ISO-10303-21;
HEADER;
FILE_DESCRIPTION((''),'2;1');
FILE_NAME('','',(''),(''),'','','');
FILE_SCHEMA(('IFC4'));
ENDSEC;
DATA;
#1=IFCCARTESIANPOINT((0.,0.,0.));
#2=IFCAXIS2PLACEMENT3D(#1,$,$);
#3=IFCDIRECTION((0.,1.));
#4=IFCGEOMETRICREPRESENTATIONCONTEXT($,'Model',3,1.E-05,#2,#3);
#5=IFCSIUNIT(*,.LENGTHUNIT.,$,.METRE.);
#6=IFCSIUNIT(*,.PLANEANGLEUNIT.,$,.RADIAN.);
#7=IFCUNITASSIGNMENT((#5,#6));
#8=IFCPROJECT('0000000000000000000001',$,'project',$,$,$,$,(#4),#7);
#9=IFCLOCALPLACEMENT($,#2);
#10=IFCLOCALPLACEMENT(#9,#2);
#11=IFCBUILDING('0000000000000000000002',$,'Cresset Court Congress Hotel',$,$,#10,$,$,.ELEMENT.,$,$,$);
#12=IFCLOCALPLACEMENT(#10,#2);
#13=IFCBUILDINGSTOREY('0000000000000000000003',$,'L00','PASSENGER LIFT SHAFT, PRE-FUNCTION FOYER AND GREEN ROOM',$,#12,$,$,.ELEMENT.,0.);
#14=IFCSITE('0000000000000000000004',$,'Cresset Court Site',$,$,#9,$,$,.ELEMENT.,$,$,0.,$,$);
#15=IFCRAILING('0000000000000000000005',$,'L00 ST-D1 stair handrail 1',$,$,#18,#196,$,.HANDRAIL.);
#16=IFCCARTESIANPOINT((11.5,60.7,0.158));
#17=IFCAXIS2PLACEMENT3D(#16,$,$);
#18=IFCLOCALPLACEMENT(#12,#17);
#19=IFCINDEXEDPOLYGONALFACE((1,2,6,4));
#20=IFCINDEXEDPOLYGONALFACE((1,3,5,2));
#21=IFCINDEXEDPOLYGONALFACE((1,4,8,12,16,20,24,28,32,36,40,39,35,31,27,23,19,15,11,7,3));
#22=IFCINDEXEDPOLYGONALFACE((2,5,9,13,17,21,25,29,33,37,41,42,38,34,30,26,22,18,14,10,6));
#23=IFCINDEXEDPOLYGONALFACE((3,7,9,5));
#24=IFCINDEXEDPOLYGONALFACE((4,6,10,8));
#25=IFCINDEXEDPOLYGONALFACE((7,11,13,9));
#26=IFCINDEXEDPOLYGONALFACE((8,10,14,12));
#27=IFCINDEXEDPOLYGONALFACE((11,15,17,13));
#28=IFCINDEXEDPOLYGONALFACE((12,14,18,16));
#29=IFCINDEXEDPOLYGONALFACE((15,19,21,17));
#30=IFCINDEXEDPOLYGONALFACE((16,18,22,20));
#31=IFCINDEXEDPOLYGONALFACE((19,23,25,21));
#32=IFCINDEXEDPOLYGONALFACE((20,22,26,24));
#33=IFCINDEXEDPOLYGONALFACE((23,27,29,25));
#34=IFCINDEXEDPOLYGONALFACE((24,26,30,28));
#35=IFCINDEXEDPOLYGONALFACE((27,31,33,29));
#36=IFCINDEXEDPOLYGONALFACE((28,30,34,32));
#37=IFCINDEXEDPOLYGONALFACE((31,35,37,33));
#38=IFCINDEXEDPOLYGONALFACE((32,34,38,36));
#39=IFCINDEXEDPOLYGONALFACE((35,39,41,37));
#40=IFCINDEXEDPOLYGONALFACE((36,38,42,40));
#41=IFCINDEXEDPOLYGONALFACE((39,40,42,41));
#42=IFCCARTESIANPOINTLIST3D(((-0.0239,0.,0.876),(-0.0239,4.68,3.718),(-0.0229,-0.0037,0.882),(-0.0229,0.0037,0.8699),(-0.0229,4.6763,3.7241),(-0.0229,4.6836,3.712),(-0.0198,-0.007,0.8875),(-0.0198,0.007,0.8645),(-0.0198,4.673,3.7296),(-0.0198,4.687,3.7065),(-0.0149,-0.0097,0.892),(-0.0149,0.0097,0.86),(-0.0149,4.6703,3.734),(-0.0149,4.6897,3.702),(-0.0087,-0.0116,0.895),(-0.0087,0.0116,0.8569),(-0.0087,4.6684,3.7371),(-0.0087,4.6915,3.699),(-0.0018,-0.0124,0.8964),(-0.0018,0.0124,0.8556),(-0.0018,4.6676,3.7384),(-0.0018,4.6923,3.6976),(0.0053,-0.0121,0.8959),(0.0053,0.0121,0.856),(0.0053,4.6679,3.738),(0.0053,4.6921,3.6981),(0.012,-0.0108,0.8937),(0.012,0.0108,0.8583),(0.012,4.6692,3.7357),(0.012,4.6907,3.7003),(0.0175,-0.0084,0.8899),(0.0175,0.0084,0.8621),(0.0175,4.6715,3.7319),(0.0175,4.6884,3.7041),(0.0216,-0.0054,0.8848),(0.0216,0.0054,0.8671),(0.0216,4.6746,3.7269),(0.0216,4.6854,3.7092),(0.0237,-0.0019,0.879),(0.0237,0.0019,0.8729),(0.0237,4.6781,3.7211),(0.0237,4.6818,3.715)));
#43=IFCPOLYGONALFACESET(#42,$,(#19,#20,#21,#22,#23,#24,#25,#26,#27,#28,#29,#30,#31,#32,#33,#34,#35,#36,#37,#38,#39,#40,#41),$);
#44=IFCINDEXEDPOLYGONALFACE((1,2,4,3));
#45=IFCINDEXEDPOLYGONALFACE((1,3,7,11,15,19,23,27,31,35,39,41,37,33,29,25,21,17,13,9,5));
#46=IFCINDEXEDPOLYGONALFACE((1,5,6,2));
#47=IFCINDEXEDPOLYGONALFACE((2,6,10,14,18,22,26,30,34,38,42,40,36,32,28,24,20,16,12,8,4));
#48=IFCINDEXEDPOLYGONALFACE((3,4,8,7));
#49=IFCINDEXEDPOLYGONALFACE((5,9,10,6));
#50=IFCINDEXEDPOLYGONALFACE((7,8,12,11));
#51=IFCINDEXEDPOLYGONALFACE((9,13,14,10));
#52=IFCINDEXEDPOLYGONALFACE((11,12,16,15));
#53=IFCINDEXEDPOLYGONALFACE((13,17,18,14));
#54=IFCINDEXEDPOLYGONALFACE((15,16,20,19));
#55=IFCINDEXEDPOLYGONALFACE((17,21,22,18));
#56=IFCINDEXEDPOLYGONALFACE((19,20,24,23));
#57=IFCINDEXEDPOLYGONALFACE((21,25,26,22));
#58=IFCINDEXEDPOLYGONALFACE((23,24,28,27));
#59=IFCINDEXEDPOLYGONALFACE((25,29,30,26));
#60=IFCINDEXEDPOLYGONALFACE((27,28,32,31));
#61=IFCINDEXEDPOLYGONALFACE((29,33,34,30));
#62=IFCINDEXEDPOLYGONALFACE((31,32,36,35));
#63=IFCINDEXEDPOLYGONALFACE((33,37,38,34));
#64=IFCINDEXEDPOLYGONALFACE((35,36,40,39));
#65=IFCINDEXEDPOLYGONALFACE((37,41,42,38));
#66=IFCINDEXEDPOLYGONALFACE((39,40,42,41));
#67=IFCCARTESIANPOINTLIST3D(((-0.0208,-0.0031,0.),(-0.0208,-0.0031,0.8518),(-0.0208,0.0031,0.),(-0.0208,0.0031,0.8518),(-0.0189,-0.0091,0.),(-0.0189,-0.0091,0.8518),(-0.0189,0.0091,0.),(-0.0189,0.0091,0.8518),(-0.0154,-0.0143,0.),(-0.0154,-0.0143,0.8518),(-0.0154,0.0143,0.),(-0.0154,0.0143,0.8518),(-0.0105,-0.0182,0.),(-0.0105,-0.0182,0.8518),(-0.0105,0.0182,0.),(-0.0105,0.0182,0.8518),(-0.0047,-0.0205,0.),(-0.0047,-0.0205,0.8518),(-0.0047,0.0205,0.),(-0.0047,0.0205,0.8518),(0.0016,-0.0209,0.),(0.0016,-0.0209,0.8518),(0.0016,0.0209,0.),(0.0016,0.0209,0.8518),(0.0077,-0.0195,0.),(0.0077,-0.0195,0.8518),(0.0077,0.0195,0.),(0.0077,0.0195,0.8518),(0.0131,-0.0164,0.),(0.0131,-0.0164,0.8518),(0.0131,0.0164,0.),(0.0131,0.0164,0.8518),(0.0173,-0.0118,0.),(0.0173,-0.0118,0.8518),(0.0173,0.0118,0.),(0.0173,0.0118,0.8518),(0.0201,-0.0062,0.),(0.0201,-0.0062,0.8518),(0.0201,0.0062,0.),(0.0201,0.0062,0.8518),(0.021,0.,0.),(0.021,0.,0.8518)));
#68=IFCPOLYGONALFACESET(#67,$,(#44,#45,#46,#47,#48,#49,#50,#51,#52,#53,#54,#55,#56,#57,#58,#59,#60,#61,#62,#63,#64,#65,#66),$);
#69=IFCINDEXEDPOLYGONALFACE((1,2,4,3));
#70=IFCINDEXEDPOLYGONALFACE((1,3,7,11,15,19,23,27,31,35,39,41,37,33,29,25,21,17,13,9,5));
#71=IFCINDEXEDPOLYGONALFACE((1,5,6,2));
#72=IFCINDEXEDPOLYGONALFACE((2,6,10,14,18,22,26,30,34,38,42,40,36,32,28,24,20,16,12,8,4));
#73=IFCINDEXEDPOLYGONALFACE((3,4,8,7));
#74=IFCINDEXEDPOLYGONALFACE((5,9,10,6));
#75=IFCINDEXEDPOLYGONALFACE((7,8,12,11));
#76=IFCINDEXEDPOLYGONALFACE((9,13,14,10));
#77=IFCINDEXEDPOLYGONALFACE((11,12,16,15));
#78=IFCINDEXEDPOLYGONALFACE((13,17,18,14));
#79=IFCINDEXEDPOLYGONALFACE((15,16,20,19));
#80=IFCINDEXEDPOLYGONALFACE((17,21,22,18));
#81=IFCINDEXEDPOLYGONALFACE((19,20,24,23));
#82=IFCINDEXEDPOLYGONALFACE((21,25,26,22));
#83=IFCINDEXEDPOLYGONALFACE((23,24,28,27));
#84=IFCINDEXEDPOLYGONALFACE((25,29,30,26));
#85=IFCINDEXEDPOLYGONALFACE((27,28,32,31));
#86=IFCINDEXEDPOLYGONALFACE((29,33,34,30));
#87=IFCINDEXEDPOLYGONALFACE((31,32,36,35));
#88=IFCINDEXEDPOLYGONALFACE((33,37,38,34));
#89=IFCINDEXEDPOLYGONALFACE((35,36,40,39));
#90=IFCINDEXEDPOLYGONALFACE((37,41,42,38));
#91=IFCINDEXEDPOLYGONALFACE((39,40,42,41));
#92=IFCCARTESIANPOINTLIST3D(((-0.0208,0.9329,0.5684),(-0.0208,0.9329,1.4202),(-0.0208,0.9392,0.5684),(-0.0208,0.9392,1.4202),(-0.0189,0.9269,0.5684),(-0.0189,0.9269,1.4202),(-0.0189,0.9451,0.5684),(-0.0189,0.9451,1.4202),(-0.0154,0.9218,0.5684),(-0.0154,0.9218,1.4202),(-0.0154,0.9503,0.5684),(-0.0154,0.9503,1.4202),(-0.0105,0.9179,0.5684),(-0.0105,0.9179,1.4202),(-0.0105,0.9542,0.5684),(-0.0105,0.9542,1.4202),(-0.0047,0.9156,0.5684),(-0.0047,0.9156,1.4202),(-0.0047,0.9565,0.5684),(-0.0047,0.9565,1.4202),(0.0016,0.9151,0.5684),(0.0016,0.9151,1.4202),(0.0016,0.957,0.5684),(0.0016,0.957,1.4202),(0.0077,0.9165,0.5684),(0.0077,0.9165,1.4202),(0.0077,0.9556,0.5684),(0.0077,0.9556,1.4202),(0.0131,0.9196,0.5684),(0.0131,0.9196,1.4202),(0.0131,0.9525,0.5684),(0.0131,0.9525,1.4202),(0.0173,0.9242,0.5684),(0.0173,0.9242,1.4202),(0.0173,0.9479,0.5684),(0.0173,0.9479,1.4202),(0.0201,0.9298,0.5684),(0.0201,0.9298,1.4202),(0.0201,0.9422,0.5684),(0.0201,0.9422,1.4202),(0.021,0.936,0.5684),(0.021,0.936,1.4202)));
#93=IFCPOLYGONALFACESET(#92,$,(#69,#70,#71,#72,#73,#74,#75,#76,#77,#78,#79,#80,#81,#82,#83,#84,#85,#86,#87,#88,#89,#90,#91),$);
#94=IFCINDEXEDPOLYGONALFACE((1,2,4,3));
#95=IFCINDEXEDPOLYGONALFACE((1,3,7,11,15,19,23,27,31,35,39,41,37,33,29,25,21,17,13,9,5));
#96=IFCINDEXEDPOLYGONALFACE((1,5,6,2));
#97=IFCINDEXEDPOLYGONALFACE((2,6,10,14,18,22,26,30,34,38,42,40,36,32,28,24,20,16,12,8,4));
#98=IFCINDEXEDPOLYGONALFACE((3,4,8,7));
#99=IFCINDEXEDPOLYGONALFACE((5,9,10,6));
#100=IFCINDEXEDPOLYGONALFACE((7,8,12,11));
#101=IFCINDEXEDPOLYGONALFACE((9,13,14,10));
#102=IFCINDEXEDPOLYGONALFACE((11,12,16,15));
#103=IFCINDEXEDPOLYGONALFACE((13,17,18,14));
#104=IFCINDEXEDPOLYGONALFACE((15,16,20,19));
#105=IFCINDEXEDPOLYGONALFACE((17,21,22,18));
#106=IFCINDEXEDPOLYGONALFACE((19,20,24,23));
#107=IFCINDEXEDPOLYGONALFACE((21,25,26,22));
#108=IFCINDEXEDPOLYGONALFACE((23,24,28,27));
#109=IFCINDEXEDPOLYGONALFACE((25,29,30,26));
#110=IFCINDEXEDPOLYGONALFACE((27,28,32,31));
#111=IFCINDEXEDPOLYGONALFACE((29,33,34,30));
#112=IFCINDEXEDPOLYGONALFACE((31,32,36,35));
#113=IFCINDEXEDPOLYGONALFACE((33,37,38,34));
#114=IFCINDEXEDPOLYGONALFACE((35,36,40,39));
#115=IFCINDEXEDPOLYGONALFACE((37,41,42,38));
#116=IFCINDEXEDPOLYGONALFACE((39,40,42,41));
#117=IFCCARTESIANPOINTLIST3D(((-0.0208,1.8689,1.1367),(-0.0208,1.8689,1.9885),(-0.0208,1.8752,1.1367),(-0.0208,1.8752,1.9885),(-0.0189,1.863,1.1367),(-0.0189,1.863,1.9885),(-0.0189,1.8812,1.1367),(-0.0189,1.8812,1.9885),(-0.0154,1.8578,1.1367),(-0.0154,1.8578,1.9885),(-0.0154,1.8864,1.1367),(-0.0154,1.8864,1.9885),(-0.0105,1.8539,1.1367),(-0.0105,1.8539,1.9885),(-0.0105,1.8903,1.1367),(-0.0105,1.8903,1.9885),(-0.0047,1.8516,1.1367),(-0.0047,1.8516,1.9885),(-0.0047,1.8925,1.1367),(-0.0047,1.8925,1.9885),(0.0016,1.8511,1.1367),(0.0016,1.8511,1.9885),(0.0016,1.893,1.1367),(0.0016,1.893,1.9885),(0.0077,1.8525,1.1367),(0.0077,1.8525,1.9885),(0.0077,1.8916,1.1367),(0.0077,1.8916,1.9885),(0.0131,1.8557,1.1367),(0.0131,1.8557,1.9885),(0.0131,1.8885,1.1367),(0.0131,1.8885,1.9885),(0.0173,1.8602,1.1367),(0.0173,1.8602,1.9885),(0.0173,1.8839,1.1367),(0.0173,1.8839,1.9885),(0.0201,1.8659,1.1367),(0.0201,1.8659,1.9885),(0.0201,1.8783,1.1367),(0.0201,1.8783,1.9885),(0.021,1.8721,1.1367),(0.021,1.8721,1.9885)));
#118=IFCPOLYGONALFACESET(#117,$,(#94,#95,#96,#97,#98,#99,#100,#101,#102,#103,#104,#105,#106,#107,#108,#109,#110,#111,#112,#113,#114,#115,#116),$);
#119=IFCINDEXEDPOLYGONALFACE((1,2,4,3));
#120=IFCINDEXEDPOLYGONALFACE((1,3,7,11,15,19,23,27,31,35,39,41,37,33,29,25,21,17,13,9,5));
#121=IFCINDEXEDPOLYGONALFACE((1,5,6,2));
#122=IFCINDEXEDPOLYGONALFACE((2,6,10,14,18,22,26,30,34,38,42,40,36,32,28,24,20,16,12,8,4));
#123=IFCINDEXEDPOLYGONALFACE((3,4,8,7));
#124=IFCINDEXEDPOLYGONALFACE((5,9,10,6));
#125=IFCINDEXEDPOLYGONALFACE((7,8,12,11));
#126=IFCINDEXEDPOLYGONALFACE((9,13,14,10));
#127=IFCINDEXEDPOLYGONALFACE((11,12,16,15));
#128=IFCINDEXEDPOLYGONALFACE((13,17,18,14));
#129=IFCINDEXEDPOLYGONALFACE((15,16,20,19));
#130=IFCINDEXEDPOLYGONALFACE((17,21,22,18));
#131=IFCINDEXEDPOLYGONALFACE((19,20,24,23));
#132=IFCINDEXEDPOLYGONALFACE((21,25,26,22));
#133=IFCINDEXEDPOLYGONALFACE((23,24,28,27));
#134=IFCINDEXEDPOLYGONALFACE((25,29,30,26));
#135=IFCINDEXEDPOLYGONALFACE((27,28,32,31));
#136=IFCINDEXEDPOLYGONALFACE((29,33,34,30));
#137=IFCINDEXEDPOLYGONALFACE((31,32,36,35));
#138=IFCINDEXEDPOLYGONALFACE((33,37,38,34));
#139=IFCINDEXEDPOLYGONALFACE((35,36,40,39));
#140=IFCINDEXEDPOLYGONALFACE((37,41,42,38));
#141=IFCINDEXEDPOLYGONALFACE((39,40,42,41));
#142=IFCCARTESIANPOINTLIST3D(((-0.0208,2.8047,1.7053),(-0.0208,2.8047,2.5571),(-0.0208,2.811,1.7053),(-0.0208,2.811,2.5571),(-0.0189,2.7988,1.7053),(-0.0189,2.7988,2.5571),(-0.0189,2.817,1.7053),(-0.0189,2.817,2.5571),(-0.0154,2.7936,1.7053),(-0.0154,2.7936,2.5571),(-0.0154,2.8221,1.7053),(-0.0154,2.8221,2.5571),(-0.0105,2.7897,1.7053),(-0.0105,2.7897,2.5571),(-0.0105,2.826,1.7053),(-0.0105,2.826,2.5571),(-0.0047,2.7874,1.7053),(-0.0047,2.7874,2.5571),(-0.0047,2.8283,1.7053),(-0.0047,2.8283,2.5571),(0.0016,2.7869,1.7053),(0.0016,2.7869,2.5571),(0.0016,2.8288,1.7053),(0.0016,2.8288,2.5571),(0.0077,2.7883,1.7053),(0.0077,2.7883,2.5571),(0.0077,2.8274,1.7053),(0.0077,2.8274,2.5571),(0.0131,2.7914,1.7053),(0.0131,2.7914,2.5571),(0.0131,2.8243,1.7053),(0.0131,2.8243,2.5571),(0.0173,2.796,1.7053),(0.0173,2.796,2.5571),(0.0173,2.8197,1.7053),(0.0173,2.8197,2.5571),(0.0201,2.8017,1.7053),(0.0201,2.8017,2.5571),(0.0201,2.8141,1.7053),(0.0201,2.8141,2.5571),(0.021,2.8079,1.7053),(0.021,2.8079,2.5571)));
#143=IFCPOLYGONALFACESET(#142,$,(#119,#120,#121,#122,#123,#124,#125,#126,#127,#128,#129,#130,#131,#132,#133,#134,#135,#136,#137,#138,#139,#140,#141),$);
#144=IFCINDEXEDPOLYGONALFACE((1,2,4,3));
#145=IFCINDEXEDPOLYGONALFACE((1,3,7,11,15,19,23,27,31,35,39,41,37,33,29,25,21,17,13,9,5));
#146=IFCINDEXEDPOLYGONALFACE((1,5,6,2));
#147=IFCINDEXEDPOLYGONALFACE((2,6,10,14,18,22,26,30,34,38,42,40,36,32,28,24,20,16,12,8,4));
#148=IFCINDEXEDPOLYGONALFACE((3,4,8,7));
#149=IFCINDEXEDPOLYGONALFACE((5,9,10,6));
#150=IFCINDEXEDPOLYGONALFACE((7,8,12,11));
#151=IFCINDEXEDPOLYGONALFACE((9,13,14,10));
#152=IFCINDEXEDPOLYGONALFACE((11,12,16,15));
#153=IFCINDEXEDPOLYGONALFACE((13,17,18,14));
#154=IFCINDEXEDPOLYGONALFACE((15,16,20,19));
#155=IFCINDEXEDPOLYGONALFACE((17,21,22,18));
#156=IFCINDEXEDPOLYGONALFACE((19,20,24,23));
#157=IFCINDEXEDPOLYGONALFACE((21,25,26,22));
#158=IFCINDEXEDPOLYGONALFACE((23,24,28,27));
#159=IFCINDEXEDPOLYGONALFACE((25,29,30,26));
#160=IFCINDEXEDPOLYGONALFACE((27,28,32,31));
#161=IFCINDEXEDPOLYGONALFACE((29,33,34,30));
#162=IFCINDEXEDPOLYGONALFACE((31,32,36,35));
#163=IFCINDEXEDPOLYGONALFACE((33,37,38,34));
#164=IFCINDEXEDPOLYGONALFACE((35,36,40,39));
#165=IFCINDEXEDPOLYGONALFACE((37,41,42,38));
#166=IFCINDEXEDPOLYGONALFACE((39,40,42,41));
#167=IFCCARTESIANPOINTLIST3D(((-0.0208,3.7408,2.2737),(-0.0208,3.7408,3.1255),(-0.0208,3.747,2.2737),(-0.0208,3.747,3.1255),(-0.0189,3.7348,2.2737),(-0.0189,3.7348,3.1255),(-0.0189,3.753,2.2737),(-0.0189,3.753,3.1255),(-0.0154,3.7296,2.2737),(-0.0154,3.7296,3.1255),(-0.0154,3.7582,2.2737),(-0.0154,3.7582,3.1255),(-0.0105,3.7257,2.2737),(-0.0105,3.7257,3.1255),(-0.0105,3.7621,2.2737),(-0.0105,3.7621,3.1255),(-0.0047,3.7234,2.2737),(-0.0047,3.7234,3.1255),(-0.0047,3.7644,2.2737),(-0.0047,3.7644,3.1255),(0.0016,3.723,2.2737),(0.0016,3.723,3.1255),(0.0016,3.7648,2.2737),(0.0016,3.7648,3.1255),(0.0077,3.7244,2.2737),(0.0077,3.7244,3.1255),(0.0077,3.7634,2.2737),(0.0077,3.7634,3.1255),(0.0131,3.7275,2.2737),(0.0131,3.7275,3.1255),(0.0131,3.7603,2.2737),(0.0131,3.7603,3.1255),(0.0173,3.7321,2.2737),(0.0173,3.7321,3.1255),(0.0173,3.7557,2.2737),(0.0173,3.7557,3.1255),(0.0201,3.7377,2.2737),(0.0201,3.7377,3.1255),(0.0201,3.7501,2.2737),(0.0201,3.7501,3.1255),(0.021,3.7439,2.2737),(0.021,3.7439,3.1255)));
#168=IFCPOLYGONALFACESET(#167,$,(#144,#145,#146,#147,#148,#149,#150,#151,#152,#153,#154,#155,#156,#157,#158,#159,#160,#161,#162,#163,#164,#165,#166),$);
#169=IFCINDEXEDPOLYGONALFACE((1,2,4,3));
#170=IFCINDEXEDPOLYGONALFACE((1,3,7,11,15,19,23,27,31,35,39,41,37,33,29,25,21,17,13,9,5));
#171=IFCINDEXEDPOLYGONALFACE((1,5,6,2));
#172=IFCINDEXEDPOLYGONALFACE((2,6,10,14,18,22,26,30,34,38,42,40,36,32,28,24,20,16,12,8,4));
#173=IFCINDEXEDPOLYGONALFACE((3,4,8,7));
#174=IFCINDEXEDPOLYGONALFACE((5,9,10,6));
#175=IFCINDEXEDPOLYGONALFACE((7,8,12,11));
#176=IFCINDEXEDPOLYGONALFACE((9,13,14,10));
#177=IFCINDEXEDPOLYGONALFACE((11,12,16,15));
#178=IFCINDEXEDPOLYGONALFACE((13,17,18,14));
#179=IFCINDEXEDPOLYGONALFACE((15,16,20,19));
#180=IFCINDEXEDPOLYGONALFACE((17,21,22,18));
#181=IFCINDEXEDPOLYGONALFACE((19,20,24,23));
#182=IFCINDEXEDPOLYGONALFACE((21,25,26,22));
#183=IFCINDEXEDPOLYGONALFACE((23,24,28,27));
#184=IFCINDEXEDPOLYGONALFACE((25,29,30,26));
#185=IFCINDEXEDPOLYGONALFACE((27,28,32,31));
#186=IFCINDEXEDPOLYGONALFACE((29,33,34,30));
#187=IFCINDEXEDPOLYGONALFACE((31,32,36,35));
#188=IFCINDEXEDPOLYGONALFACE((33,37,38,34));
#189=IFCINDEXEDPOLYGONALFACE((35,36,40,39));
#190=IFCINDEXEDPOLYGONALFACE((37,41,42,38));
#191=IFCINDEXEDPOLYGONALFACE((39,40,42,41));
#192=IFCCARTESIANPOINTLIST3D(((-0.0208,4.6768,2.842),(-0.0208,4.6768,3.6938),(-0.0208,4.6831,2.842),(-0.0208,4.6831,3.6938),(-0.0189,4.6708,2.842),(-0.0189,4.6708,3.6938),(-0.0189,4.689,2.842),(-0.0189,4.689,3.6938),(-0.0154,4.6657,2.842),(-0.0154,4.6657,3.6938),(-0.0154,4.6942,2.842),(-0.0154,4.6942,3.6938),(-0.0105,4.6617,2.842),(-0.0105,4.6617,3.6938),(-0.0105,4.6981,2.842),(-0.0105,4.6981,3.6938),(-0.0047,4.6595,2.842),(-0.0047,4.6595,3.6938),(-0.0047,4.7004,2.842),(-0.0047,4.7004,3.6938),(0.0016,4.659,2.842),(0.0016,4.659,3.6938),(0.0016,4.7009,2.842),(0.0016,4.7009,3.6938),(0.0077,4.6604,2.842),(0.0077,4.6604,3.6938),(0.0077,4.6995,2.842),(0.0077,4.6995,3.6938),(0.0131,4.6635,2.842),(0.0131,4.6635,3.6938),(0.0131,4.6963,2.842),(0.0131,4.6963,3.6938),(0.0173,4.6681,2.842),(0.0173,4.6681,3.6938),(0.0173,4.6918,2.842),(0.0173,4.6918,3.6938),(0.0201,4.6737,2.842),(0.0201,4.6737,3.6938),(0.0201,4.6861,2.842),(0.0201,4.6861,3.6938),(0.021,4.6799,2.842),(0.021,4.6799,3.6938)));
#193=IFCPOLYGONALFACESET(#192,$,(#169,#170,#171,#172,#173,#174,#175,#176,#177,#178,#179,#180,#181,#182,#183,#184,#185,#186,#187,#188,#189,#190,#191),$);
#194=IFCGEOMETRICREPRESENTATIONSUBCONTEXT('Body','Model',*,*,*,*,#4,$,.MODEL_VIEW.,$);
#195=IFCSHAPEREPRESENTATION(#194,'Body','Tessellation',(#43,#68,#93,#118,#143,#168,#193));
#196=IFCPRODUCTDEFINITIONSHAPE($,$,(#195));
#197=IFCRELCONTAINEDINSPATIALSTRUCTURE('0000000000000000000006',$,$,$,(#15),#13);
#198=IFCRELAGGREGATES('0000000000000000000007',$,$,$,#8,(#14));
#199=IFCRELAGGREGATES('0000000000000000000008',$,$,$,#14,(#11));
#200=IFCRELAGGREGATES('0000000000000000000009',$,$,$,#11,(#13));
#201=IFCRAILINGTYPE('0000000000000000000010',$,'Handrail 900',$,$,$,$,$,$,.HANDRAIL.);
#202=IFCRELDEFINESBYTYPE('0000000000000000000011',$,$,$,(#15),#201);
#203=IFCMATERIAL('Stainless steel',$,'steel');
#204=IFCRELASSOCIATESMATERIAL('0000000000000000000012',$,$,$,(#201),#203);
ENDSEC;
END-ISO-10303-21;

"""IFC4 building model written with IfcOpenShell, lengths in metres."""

from ifc_helpers import new_model, si_unit, direction, frame, origin, origin_2d, place, context, subcontext, project, spatial, circle, extrude, material, type_object, element, save


model = new_model("IFC4")

# Units and contexts
model_context = context("Model", 3, precision=1e-05, world=origin(), true_north=direction((0.0, 1.0)))
body_context = subcontext(model_context, "Body", "Model", "MODEL_VIEW")
ifc_project = project(units=[si_unit("LENGTHUNIT", "METRE"), si_unit("PLANEANGLEUNIT", "RADIAN")], contexts=[model_context])

# Site, building, storey
site_placement = place(None, origin())
site = spatial("IfcSite", under=ifc_project, at=site_placement, Name="Cresset Court Site", CompositionType="ELEMENT", RefElevation=0.0)
building_placement = place(site_placement, origin())
building = spatial("IfcBuilding", under=site, at=building_placement, Name="Cresset Court Congress Hotel", CompositionType="ELEMENT")
storey_placement = place(building_placement, origin())
storey = spatial("IfcBuildingStorey", under=building, at=storey_placement, Name="L00", Description="PASSENGER LIFT SHAFT, PRE-FUNCTION FOYER AND GREEN ROOM", CompositionType="ELEMENT", Elevation=0.0)

# Railing
ifc_material_1 = material(Name="Stainless steel", Category="steel")
railing_type_1 = type_object("IfcRailingType", Name="Handrail 900", PredefinedType="HANDRAIL", material=ifc_material_1)
railing_1_placement = place(storey_placement, frame((11.5, 60.7, 0.158)))
element("IfcRailing", 1, at=railing_1_placement, inside=storey, type_object=railing_type_1, Name="L00 ST-D1 stair handrail 1", PredefinedType="HANDRAIL", context=body_context, shape_type="SweptSolid", body=[
    extrude(circle(Radius=0.0239, at=origin_2d()), frame((0.0, 0.0, 0.876), z_axis=(0.0, 0.854735, 0.519065), x_axis=(-1.0, 0.0, 0.0)), (0.0, 0.0, 1.0), 5.4753),
    extrude(circle(Radius=0.021, at=origin_2d()), origin(), (0.0, 0.0, 1.0), 0.8518),
    extrude(circle(Radius=0.021, at=origin_2d()), frame((0.0, 0.936, 0.5684)), (0.0, 0.0, 1.0), 0.8518),
    extrude(circle(Radius=0.021, at=origin_2d()), frame((0.0, 1.8721, 1.1367)), (0.0, 0.0, 1.0), 0.8518),
    extrude(circle(Radius=0.021, at=origin_2d()), frame((0.0, 2.8079, 1.7053)), (0.0, 0.0, 1.0), 0.8518),
    extrude(circle(Radius=0.021, at=origin_2d()), frame((0.0, 3.7439, 2.2737)), (0.0, 0.0, 1.0), 0.8518),
    extrude(circle(Radius=0.021, at=origin_2d()), frame((0.0, 4.6799, 2.842)), (0.0, 0.0, 1.0), 0.8518),
])

save(model, "model.ifc")
